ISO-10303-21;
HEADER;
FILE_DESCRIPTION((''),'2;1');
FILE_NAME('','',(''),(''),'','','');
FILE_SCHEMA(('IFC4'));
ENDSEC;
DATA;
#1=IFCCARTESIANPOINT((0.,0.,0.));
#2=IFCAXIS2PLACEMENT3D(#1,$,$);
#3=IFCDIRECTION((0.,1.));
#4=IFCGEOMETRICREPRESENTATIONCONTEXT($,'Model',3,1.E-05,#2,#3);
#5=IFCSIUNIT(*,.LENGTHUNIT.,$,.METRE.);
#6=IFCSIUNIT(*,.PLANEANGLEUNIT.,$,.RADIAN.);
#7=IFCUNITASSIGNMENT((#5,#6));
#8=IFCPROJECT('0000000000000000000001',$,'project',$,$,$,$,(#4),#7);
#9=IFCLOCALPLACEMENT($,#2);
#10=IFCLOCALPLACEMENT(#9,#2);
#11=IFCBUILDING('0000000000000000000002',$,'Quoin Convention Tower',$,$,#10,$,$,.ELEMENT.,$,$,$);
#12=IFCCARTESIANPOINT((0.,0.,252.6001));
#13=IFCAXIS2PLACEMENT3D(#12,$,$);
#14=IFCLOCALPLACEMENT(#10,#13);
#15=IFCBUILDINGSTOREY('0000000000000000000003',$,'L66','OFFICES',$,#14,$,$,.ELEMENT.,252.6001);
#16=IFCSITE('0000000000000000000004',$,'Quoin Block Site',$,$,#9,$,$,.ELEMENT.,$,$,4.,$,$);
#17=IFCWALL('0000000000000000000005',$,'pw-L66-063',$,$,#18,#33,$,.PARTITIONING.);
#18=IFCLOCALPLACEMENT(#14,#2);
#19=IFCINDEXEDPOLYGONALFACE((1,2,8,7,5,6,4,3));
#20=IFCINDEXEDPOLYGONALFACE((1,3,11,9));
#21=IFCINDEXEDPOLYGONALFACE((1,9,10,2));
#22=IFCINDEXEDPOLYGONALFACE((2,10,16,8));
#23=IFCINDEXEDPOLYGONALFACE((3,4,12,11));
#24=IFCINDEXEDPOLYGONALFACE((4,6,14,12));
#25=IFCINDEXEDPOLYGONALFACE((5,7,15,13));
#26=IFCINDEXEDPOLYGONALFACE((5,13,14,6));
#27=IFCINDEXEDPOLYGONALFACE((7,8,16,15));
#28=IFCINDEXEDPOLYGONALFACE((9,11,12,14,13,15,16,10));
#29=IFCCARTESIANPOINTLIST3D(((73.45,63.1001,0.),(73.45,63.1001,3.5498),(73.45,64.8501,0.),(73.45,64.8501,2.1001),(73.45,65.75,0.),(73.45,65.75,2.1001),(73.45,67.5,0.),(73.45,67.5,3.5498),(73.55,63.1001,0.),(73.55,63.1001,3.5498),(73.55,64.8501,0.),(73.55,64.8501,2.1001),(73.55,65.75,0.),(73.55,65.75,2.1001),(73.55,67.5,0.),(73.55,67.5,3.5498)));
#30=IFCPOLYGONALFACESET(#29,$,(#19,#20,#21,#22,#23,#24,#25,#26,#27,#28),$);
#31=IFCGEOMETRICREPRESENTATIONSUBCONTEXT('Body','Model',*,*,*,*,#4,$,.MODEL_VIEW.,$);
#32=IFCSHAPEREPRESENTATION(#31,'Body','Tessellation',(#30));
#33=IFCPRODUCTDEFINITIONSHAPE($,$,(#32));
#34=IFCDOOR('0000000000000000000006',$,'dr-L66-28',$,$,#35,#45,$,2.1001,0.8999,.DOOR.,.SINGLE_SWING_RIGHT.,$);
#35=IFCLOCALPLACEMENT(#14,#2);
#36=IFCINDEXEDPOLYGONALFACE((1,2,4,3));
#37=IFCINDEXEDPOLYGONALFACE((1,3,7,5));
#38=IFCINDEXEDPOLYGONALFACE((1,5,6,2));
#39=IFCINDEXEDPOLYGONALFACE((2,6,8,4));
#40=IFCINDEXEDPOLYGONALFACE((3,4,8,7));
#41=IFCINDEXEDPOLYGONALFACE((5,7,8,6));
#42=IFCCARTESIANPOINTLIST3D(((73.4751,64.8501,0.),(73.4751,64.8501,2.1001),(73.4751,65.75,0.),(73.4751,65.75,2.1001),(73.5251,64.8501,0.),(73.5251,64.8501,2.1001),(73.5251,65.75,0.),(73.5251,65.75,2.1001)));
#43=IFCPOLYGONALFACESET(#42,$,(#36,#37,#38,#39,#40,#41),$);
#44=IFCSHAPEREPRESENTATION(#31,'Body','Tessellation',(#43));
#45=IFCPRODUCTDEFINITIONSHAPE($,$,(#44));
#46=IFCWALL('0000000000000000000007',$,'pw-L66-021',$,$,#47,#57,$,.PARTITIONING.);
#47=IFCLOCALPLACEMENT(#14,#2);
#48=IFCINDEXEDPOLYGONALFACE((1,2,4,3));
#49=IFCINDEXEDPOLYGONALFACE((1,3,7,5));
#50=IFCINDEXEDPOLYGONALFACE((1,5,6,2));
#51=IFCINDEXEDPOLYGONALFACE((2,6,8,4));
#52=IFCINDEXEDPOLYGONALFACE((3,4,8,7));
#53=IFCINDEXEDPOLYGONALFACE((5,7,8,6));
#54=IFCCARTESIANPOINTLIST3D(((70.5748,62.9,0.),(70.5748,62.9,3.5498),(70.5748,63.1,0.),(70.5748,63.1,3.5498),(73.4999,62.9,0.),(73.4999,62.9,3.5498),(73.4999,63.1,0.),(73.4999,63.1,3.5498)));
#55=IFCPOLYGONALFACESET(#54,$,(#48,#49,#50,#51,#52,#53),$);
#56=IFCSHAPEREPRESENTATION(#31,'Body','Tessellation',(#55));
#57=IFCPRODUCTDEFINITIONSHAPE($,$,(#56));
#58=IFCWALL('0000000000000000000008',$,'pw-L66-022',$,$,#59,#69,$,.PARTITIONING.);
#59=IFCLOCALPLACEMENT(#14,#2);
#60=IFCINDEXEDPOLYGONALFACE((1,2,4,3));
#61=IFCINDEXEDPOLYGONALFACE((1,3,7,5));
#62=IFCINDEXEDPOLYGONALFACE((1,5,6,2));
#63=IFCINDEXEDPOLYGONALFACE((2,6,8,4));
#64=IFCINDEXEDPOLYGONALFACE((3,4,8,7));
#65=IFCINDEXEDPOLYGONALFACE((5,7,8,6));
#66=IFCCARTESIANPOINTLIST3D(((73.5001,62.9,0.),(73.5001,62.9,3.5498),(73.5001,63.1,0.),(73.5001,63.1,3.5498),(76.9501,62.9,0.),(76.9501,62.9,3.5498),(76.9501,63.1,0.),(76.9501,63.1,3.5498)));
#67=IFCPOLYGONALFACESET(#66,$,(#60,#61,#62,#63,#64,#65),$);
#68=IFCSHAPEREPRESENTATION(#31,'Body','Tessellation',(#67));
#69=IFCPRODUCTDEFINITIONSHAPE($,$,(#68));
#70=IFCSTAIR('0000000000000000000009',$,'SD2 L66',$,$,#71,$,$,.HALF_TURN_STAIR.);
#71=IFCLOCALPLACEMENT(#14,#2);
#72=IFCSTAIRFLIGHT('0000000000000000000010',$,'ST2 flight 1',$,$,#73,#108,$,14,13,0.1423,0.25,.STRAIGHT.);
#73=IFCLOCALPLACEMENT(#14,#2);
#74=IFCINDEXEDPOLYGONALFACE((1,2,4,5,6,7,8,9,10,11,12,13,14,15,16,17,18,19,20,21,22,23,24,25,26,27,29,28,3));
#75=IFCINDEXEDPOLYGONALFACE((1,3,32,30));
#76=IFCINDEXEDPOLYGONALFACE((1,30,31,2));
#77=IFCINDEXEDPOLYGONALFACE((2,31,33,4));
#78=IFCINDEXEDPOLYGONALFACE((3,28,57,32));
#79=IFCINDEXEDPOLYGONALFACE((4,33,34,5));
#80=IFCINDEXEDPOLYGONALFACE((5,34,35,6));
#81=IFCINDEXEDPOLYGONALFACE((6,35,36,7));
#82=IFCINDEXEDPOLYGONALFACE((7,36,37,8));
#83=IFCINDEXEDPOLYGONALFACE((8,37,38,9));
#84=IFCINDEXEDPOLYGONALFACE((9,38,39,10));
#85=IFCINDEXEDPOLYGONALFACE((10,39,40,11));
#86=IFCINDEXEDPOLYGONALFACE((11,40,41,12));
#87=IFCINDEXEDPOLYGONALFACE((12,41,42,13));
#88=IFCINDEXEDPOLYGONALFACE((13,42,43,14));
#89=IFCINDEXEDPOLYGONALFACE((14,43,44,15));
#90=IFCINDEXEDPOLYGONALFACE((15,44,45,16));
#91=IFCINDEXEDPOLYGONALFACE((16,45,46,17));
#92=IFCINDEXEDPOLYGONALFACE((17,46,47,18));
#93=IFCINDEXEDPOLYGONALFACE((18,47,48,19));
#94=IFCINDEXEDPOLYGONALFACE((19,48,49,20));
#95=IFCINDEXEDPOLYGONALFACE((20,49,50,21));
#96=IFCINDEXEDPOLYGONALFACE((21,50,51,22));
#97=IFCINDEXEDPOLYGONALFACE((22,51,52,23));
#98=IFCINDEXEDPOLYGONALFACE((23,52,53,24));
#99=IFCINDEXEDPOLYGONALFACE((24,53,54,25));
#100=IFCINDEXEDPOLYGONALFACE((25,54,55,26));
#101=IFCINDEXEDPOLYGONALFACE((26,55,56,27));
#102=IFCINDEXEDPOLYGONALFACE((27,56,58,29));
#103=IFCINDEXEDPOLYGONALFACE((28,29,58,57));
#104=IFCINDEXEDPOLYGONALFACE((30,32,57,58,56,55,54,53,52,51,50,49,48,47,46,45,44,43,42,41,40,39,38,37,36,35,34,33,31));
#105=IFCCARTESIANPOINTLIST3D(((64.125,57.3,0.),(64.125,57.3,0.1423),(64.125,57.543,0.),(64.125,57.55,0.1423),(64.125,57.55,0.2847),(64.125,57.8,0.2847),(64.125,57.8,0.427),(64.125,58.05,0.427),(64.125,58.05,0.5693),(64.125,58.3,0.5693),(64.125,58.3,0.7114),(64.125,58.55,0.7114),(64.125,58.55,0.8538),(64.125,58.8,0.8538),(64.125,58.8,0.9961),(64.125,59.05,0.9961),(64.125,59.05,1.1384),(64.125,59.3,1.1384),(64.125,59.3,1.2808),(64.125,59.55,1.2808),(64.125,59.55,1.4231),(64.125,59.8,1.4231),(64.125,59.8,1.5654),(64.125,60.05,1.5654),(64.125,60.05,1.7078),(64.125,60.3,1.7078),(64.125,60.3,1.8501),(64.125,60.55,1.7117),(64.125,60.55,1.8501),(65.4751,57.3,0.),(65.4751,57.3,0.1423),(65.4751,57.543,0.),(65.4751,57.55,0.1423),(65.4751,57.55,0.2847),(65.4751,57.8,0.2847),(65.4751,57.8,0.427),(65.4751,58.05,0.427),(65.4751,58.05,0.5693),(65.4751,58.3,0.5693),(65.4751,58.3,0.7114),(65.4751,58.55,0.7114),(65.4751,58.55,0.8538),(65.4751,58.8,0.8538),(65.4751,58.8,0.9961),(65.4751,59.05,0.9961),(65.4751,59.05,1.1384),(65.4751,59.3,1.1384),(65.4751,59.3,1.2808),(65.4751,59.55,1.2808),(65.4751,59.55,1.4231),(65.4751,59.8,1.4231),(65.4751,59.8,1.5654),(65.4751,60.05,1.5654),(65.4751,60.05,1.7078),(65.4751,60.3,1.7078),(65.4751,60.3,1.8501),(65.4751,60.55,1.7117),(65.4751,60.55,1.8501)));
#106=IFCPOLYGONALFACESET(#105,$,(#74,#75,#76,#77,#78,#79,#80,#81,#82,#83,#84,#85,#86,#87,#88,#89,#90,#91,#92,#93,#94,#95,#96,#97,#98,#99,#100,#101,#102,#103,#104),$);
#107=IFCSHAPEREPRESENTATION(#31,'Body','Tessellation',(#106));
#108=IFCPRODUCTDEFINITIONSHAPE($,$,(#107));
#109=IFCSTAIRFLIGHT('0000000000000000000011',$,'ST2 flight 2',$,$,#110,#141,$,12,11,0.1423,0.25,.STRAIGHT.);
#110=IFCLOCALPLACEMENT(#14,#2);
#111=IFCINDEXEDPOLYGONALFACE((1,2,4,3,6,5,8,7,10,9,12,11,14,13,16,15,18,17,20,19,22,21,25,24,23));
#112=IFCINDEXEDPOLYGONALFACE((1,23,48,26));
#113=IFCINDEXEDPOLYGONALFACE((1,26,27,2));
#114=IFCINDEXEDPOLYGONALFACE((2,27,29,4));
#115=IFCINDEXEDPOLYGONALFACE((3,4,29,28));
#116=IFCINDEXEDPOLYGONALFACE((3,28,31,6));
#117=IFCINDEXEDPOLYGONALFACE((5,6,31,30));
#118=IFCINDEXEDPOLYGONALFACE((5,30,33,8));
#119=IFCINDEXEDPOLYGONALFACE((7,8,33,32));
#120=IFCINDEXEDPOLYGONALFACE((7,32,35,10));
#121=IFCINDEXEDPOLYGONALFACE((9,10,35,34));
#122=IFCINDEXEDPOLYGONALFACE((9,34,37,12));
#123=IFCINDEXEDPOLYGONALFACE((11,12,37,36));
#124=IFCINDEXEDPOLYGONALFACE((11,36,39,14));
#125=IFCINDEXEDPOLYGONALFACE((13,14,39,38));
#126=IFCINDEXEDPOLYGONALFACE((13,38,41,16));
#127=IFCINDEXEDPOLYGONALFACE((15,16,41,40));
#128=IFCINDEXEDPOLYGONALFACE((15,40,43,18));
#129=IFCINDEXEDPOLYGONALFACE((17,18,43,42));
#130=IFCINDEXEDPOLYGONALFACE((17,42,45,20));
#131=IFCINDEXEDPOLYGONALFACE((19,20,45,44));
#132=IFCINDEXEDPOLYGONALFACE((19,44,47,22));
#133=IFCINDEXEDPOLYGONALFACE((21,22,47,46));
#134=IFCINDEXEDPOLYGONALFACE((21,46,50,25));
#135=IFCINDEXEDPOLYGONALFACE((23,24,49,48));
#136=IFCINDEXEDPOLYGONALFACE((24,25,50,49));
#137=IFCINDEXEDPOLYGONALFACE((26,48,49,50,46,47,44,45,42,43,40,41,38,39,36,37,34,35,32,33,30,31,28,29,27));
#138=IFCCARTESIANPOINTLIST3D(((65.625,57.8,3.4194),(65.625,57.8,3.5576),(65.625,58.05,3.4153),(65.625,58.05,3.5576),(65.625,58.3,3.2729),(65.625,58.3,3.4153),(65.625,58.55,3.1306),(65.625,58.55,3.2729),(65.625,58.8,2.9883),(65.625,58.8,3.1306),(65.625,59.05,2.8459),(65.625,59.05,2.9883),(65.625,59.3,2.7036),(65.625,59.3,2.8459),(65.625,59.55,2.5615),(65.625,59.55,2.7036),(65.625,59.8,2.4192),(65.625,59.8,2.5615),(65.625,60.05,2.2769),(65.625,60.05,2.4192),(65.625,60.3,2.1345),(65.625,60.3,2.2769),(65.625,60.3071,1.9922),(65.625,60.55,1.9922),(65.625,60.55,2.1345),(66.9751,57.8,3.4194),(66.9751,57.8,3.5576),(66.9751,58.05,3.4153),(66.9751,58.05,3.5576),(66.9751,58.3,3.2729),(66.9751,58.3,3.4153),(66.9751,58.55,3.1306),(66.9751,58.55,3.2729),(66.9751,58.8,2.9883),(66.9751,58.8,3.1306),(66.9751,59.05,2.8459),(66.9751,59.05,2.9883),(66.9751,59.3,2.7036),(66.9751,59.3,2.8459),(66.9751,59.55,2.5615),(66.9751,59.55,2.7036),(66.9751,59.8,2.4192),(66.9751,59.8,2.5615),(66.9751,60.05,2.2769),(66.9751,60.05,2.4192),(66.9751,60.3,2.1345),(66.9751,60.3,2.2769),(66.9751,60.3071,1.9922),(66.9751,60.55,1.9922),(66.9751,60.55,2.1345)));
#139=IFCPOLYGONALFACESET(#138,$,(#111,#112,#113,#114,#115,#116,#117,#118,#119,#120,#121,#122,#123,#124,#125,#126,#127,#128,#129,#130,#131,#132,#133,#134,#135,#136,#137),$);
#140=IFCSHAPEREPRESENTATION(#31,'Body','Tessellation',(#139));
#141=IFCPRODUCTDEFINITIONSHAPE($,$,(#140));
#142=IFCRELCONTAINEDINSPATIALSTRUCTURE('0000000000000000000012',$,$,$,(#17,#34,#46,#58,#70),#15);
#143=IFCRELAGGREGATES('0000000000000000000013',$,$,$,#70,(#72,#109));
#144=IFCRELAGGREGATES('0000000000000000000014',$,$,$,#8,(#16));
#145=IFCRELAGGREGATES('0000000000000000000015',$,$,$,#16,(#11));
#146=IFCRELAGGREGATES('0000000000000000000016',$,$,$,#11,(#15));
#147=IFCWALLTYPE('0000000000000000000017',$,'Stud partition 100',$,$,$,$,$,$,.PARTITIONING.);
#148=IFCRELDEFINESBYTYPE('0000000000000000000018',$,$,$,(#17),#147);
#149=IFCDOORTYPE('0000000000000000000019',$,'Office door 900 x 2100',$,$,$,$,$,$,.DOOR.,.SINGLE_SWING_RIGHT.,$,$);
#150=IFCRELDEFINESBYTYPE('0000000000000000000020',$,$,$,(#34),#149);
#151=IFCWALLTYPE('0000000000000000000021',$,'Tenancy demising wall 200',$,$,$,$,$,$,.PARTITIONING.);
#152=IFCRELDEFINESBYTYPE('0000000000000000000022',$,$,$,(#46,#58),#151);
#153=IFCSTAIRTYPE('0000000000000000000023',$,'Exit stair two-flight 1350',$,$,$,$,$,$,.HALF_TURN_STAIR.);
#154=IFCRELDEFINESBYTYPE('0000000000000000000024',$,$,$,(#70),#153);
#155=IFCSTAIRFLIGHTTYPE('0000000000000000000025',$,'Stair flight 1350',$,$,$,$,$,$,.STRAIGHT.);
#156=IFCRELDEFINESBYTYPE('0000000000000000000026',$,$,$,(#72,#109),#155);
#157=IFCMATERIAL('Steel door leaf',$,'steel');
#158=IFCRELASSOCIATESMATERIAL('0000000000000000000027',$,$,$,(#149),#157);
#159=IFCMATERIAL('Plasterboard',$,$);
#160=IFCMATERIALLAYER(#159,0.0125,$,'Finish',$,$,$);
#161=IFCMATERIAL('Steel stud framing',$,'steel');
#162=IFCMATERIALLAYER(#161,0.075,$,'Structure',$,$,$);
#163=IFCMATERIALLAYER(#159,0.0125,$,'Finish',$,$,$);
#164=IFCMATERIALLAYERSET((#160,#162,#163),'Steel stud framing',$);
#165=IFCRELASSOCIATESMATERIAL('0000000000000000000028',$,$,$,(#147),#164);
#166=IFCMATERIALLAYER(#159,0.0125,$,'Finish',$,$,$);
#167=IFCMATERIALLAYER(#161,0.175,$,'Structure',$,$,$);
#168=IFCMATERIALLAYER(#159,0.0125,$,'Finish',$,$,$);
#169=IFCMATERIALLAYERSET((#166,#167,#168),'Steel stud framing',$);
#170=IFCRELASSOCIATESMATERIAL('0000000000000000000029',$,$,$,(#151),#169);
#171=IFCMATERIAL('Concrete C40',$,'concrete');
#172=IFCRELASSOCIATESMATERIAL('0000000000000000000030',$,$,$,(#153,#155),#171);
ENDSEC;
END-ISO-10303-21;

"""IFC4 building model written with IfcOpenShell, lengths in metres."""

from ifc_helpers import new_model, si_unit, direction, frame, frame_2d, origin, place, context, subcontext, project, spatial, polyline, rectangle, outline, extrude, material, layer, layer_set, type_object, element, fill, aggregate, save


model = new_model("IFC4")

# Units and contexts
model_context = context("Model", 3, precision=1e-05, world=origin(), true_north=direction((0.0, 1.0)))
body_context = subcontext(model_context, "Body", "Model", "MODEL_VIEW")
ifc_project = project(units=[si_unit("LENGTHUNIT", "METRE"), si_unit("PLANEANGLEUNIT", "RADIAN")], contexts=[model_context])

# Site, building, storey
site_placement = place(None, origin())
site = spatial("IfcSite", under=ifc_project, at=site_placement, Name="Quoin Block Site", CompositionType="ELEMENT", RefElevation=4.0)
building_placement = place(site_placement, origin())
building = spatial("IfcBuilding", under=site, at=building_placement, Name="Quoin Convention Tower", CompositionType="ELEMENT")
storey_placement = place(building_placement, frame((0.0, 0.0, 252.6001)))
storey = spatial("IfcBuildingStorey", under=building, at=storey_placement, Name="L66", Description="OFFICES", CompositionType="ELEMENT", Elevation=252.6001)

# Shared definitions
ifc_material_1 = material(Name="Plasterboard")
ifc_material_2 = material(Name="Steel stud framing", Category="steel")

# Shared definitions
ifc_material_3 = material(Name="Steel door leaf", Category="steel")
door_type_1 = type_object("IfcDoorType", Name="Office door 900 x 2100", OperationType="SINGLE_SWING_RIGHT", PredefinedType="DOOR", material=ifc_material_3)

# Wall, opening, door
ifc_layer_1 = layer(ifc_material_1, 0.0125, Name="Finish")
ifc_layer_2 = layer(ifc_material_2, 0.075, Name="Structure")
ifc_layer_3 = layer(ifc_material_1, 0.0125, Name="Finish")
ifc_layer_set_1 = layer_set([ifc_layer_1, ifc_layer_2, ifc_layer_3], Name="Steel stud framing")
wall_type_1 = type_object("IfcWallType", Name="Stud partition 100", PredefinedType="PARTITIONING", material=ifc_layer_set_1)
wall_1_placement = place(storey_placement, frame((73.5, 63.1001, 0.0), z_axis=(0.0, 0.0, 1.0), x_axis=(0.0, 1.0, 0.0)))
wall_1 = element("IfcWall", 1, at=wall_1_placement, inside=storey, type_object=wall_type_1, Name="pw-L66-063", PredefinedType="PARTITIONING", context=body_context, shape_type="SweptSolid", body=[
    extrude(rectangle(XDim=4.3999, YDim=0.1001, at=frame_2d((2.2, 0.0))), origin(), (0.0, 0.0, 1.0), 3.5498),
])
opening_1_placement = place(wall_1_placement, frame((1.75, 0.0, 0.0)))
opening_1 = element("IfcOpeningElement", 2, at=opening_1_placement, cuts=wall_1, PredefinedType="OPENING", context=body_context, shape_type="SweptSolid", body=[
    extrude(rectangle(XDim=0.8999, YDim=2.1001, at=frame_2d((0.45, 1.05))), frame((0.0, 0.0601, 0.0), z_axis=(0.0, -1.0, 0.0), x_axis=(1.0, 0.0, 0.0)), (0.0, 0.0, 1.0), 0.1201),
])
door_1_placement = place(opening_1_placement, origin())
door_1 = element("IfcDoor", 3, at=door_1_placement, inside=storey, type_object=door_type_1, Name="dr-L66-28", OperationType="SINGLE_SWING_RIGHT", OverallHeight=2.1001, OverallWidth=0.8999, PredefinedType="DOOR", context=body_context, shape_type="SweptSolid", body=[
    extrude(rectangle(XDim=0.8999, YDim=2.1001, at=frame_2d((0.45, 1.05))), frame((0.0, 0.0249, 0.0), z_axis=(0.0, -1.0, 0.0), x_axis=(1.0, 0.0, 0.0)), (0.0, 0.0, 1.0), 0.05),
])
fill(opening_1, door_1)

# Walls
ifc_layer_4 = layer(ifc_material_1, 0.0125, Name="Finish")
ifc_layer_5 = layer(ifc_material_2, 0.175, Name="Structure")
ifc_layer_6 = layer(ifc_material_1, 0.0125, Name="Finish")
ifc_layer_set_2 = layer_set([ifc_layer_4, ifc_layer_5, ifc_layer_6], Name="Steel stud framing")
wall_type_2 = type_object("IfcWallType", Name="Tenancy demising wall 200", PredefinedType="PARTITIONING", material=ifc_layer_set_2)
wall_2_placement = place(storey_placement, frame((70.575, 63.0, 0.0), z_axis=(0.0, 0.0, 1.0), x_axis=(1.0, 0.0, 0.0)))
element("IfcWall", 4, at=wall_2_placement, inside=storey, type_object=wall_type_2, Name="pw-L66-021", PredefinedType="PARTITIONING", context=body_context, shape_type="SweptSolid", body=[
    extrude(rectangle(XDim=2.925, YDim=0.2, at=frame_2d((1.4624, 0.0))), origin(), (0.0, 0.0, 1.0), 3.5498),
])
wall_3_placement = place(storey_placement, frame((73.5, 63.0, 0.0), z_axis=(0.0, 0.0, 1.0), x_axis=(1.0, 0.0, 0.0)))
element("IfcWall", 5, at=wall_3_placement, inside=storey, type_object=wall_type_2, Name="pw-L66-022", PredefinedType="PARTITIONING", context=body_context, shape_type="SweptSolid", body=[
    extrude(rectangle(XDim=3.45, YDim=0.2, at=frame_2d((1.7251, 0.0))), origin(), (0.0, 0.0, 1.0), 3.5498),
])

# Stair, stair flights
ifc_material_4 = material(Name="Concrete C40", Category="concrete")
stair_type = type_object("IfcStairType", Name="Exit stair two-flight 1350", PredefinedType="HALF_TURN_STAIR", material=ifc_material_4)
stair_placement = place(storey_placement, origin())
stair = element("IfcStair", 6, at=stair_placement, inside=storey, type_object=stair_type, Name="SD2 L66", PredefinedType="HALF_TURN_STAIR")
stair_flight_type = type_object("IfcStairFlightType", Name="Stair flight 1350", PredefinedType="STRAIGHT", material=ifc_material_4)
stair_flight_1_placement = place(storey_placement, frame((64.8, 57.3, 0.0), z_axis=(0.0, 0.0, 1.0), x_axis=(0.0, 1.0, 0.0)))
stair_flight_1 = element("IfcStairFlight", 7, at=stair_flight_1_placement, type_object=stair_flight_type, Name="ST2 flight 1", NumberOfRisers=14, NumberOfTreads=13, PredefinedType="STRAIGHT", RiserHeight=0.1423, TreadLength=0.25, context=body_context, shape_type="SweptSolid", body=[
    extrude(outline(polyline([(0.0, 0.0), (0.0, 0.1423), (0.25, 0.1423), (0.25, 0.2847), (0.5, 0.2847), (0.5, 0.427), (0.75, 0.427), (0.75, 0.5693), (1.0, 0.5693), (1.0, 0.7114), (1.25, 0.7114), (1.25, 0.8538), (1.5, 0.8538), (1.5, 0.9961), (1.75, 0.9961), (1.75, 1.1384), (2.0, 1.1384), (2.0, 1.2808), (2.25, 1.2808), (2.25, 1.4231), (2.5, 1.4231), (2.5, 1.5654), (2.75, 1.5654), (2.75, 1.7078), (3.0, 1.7078), (3.0, 1.8501), (3.25, 1.8501), (3.25, 1.9922), (3.25, 1.7117), (0.2429, 0.0), (0.0, 0.0)])), frame((0.0, 0.675, 0.0), z_axis=(0.0, -1.0, 0.0), x_axis=(1.0, 0.0, 0.0)), (0.0, 0.0, 1.0), 1.3501),
])
stair_flight_2_placement = place(storey_placement, frame((66.3, 60.55, 1.9922), z_axis=(0.0, 0.0, 1.0), x_axis=(0.0, -1.0, 0.0)))
stair_flight_2 = element("IfcStairFlight", 8, at=stair_flight_2_placement, type_object=stair_flight_type, Name="ST2 flight 2", NumberOfRisers=12, NumberOfTreads=11, PredefinedType="STRAIGHT", RiserHeight=0.1423, TreadLength=0.25, context=body_context, shape_type="SweptSolid", body=[
    extrude(outline(polyline([(0.0, 0.0), (0.0, 0.1423), (0.25, 0.1423), (0.25, 0.2847), (0.5, 0.2847), (0.5, 0.427), (0.75, 0.427), (0.75, 0.5693), (1.0, 0.5693), (1.0, 0.7114), (1.25, 0.7114), (1.25, 0.8538), (1.5, 0.8538), (1.5, 0.9961), (1.75, 0.9961), (1.75, 1.1384), (2.0, 1.1384), (2.0, 1.2808), (2.25, 1.2808), (2.25, 1.4231), (2.5, 1.4231), (2.5, 1.5654), (2.75, 1.5654), (2.75, 1.7078), (2.75, 1.4272), (0.2429, 0.0), (0.0, 0.0)])), frame((0.0, 0.675, 0.0), z_axis=(0.0, -1.0, 0.0), x_axis=(1.0, 0.0, 0.0)), (0.0, 0.0, 1.0), 1.3501),
])
aggregate(stair, [stair_flight_1, stair_flight_2])

save(model, "model.ifc")
